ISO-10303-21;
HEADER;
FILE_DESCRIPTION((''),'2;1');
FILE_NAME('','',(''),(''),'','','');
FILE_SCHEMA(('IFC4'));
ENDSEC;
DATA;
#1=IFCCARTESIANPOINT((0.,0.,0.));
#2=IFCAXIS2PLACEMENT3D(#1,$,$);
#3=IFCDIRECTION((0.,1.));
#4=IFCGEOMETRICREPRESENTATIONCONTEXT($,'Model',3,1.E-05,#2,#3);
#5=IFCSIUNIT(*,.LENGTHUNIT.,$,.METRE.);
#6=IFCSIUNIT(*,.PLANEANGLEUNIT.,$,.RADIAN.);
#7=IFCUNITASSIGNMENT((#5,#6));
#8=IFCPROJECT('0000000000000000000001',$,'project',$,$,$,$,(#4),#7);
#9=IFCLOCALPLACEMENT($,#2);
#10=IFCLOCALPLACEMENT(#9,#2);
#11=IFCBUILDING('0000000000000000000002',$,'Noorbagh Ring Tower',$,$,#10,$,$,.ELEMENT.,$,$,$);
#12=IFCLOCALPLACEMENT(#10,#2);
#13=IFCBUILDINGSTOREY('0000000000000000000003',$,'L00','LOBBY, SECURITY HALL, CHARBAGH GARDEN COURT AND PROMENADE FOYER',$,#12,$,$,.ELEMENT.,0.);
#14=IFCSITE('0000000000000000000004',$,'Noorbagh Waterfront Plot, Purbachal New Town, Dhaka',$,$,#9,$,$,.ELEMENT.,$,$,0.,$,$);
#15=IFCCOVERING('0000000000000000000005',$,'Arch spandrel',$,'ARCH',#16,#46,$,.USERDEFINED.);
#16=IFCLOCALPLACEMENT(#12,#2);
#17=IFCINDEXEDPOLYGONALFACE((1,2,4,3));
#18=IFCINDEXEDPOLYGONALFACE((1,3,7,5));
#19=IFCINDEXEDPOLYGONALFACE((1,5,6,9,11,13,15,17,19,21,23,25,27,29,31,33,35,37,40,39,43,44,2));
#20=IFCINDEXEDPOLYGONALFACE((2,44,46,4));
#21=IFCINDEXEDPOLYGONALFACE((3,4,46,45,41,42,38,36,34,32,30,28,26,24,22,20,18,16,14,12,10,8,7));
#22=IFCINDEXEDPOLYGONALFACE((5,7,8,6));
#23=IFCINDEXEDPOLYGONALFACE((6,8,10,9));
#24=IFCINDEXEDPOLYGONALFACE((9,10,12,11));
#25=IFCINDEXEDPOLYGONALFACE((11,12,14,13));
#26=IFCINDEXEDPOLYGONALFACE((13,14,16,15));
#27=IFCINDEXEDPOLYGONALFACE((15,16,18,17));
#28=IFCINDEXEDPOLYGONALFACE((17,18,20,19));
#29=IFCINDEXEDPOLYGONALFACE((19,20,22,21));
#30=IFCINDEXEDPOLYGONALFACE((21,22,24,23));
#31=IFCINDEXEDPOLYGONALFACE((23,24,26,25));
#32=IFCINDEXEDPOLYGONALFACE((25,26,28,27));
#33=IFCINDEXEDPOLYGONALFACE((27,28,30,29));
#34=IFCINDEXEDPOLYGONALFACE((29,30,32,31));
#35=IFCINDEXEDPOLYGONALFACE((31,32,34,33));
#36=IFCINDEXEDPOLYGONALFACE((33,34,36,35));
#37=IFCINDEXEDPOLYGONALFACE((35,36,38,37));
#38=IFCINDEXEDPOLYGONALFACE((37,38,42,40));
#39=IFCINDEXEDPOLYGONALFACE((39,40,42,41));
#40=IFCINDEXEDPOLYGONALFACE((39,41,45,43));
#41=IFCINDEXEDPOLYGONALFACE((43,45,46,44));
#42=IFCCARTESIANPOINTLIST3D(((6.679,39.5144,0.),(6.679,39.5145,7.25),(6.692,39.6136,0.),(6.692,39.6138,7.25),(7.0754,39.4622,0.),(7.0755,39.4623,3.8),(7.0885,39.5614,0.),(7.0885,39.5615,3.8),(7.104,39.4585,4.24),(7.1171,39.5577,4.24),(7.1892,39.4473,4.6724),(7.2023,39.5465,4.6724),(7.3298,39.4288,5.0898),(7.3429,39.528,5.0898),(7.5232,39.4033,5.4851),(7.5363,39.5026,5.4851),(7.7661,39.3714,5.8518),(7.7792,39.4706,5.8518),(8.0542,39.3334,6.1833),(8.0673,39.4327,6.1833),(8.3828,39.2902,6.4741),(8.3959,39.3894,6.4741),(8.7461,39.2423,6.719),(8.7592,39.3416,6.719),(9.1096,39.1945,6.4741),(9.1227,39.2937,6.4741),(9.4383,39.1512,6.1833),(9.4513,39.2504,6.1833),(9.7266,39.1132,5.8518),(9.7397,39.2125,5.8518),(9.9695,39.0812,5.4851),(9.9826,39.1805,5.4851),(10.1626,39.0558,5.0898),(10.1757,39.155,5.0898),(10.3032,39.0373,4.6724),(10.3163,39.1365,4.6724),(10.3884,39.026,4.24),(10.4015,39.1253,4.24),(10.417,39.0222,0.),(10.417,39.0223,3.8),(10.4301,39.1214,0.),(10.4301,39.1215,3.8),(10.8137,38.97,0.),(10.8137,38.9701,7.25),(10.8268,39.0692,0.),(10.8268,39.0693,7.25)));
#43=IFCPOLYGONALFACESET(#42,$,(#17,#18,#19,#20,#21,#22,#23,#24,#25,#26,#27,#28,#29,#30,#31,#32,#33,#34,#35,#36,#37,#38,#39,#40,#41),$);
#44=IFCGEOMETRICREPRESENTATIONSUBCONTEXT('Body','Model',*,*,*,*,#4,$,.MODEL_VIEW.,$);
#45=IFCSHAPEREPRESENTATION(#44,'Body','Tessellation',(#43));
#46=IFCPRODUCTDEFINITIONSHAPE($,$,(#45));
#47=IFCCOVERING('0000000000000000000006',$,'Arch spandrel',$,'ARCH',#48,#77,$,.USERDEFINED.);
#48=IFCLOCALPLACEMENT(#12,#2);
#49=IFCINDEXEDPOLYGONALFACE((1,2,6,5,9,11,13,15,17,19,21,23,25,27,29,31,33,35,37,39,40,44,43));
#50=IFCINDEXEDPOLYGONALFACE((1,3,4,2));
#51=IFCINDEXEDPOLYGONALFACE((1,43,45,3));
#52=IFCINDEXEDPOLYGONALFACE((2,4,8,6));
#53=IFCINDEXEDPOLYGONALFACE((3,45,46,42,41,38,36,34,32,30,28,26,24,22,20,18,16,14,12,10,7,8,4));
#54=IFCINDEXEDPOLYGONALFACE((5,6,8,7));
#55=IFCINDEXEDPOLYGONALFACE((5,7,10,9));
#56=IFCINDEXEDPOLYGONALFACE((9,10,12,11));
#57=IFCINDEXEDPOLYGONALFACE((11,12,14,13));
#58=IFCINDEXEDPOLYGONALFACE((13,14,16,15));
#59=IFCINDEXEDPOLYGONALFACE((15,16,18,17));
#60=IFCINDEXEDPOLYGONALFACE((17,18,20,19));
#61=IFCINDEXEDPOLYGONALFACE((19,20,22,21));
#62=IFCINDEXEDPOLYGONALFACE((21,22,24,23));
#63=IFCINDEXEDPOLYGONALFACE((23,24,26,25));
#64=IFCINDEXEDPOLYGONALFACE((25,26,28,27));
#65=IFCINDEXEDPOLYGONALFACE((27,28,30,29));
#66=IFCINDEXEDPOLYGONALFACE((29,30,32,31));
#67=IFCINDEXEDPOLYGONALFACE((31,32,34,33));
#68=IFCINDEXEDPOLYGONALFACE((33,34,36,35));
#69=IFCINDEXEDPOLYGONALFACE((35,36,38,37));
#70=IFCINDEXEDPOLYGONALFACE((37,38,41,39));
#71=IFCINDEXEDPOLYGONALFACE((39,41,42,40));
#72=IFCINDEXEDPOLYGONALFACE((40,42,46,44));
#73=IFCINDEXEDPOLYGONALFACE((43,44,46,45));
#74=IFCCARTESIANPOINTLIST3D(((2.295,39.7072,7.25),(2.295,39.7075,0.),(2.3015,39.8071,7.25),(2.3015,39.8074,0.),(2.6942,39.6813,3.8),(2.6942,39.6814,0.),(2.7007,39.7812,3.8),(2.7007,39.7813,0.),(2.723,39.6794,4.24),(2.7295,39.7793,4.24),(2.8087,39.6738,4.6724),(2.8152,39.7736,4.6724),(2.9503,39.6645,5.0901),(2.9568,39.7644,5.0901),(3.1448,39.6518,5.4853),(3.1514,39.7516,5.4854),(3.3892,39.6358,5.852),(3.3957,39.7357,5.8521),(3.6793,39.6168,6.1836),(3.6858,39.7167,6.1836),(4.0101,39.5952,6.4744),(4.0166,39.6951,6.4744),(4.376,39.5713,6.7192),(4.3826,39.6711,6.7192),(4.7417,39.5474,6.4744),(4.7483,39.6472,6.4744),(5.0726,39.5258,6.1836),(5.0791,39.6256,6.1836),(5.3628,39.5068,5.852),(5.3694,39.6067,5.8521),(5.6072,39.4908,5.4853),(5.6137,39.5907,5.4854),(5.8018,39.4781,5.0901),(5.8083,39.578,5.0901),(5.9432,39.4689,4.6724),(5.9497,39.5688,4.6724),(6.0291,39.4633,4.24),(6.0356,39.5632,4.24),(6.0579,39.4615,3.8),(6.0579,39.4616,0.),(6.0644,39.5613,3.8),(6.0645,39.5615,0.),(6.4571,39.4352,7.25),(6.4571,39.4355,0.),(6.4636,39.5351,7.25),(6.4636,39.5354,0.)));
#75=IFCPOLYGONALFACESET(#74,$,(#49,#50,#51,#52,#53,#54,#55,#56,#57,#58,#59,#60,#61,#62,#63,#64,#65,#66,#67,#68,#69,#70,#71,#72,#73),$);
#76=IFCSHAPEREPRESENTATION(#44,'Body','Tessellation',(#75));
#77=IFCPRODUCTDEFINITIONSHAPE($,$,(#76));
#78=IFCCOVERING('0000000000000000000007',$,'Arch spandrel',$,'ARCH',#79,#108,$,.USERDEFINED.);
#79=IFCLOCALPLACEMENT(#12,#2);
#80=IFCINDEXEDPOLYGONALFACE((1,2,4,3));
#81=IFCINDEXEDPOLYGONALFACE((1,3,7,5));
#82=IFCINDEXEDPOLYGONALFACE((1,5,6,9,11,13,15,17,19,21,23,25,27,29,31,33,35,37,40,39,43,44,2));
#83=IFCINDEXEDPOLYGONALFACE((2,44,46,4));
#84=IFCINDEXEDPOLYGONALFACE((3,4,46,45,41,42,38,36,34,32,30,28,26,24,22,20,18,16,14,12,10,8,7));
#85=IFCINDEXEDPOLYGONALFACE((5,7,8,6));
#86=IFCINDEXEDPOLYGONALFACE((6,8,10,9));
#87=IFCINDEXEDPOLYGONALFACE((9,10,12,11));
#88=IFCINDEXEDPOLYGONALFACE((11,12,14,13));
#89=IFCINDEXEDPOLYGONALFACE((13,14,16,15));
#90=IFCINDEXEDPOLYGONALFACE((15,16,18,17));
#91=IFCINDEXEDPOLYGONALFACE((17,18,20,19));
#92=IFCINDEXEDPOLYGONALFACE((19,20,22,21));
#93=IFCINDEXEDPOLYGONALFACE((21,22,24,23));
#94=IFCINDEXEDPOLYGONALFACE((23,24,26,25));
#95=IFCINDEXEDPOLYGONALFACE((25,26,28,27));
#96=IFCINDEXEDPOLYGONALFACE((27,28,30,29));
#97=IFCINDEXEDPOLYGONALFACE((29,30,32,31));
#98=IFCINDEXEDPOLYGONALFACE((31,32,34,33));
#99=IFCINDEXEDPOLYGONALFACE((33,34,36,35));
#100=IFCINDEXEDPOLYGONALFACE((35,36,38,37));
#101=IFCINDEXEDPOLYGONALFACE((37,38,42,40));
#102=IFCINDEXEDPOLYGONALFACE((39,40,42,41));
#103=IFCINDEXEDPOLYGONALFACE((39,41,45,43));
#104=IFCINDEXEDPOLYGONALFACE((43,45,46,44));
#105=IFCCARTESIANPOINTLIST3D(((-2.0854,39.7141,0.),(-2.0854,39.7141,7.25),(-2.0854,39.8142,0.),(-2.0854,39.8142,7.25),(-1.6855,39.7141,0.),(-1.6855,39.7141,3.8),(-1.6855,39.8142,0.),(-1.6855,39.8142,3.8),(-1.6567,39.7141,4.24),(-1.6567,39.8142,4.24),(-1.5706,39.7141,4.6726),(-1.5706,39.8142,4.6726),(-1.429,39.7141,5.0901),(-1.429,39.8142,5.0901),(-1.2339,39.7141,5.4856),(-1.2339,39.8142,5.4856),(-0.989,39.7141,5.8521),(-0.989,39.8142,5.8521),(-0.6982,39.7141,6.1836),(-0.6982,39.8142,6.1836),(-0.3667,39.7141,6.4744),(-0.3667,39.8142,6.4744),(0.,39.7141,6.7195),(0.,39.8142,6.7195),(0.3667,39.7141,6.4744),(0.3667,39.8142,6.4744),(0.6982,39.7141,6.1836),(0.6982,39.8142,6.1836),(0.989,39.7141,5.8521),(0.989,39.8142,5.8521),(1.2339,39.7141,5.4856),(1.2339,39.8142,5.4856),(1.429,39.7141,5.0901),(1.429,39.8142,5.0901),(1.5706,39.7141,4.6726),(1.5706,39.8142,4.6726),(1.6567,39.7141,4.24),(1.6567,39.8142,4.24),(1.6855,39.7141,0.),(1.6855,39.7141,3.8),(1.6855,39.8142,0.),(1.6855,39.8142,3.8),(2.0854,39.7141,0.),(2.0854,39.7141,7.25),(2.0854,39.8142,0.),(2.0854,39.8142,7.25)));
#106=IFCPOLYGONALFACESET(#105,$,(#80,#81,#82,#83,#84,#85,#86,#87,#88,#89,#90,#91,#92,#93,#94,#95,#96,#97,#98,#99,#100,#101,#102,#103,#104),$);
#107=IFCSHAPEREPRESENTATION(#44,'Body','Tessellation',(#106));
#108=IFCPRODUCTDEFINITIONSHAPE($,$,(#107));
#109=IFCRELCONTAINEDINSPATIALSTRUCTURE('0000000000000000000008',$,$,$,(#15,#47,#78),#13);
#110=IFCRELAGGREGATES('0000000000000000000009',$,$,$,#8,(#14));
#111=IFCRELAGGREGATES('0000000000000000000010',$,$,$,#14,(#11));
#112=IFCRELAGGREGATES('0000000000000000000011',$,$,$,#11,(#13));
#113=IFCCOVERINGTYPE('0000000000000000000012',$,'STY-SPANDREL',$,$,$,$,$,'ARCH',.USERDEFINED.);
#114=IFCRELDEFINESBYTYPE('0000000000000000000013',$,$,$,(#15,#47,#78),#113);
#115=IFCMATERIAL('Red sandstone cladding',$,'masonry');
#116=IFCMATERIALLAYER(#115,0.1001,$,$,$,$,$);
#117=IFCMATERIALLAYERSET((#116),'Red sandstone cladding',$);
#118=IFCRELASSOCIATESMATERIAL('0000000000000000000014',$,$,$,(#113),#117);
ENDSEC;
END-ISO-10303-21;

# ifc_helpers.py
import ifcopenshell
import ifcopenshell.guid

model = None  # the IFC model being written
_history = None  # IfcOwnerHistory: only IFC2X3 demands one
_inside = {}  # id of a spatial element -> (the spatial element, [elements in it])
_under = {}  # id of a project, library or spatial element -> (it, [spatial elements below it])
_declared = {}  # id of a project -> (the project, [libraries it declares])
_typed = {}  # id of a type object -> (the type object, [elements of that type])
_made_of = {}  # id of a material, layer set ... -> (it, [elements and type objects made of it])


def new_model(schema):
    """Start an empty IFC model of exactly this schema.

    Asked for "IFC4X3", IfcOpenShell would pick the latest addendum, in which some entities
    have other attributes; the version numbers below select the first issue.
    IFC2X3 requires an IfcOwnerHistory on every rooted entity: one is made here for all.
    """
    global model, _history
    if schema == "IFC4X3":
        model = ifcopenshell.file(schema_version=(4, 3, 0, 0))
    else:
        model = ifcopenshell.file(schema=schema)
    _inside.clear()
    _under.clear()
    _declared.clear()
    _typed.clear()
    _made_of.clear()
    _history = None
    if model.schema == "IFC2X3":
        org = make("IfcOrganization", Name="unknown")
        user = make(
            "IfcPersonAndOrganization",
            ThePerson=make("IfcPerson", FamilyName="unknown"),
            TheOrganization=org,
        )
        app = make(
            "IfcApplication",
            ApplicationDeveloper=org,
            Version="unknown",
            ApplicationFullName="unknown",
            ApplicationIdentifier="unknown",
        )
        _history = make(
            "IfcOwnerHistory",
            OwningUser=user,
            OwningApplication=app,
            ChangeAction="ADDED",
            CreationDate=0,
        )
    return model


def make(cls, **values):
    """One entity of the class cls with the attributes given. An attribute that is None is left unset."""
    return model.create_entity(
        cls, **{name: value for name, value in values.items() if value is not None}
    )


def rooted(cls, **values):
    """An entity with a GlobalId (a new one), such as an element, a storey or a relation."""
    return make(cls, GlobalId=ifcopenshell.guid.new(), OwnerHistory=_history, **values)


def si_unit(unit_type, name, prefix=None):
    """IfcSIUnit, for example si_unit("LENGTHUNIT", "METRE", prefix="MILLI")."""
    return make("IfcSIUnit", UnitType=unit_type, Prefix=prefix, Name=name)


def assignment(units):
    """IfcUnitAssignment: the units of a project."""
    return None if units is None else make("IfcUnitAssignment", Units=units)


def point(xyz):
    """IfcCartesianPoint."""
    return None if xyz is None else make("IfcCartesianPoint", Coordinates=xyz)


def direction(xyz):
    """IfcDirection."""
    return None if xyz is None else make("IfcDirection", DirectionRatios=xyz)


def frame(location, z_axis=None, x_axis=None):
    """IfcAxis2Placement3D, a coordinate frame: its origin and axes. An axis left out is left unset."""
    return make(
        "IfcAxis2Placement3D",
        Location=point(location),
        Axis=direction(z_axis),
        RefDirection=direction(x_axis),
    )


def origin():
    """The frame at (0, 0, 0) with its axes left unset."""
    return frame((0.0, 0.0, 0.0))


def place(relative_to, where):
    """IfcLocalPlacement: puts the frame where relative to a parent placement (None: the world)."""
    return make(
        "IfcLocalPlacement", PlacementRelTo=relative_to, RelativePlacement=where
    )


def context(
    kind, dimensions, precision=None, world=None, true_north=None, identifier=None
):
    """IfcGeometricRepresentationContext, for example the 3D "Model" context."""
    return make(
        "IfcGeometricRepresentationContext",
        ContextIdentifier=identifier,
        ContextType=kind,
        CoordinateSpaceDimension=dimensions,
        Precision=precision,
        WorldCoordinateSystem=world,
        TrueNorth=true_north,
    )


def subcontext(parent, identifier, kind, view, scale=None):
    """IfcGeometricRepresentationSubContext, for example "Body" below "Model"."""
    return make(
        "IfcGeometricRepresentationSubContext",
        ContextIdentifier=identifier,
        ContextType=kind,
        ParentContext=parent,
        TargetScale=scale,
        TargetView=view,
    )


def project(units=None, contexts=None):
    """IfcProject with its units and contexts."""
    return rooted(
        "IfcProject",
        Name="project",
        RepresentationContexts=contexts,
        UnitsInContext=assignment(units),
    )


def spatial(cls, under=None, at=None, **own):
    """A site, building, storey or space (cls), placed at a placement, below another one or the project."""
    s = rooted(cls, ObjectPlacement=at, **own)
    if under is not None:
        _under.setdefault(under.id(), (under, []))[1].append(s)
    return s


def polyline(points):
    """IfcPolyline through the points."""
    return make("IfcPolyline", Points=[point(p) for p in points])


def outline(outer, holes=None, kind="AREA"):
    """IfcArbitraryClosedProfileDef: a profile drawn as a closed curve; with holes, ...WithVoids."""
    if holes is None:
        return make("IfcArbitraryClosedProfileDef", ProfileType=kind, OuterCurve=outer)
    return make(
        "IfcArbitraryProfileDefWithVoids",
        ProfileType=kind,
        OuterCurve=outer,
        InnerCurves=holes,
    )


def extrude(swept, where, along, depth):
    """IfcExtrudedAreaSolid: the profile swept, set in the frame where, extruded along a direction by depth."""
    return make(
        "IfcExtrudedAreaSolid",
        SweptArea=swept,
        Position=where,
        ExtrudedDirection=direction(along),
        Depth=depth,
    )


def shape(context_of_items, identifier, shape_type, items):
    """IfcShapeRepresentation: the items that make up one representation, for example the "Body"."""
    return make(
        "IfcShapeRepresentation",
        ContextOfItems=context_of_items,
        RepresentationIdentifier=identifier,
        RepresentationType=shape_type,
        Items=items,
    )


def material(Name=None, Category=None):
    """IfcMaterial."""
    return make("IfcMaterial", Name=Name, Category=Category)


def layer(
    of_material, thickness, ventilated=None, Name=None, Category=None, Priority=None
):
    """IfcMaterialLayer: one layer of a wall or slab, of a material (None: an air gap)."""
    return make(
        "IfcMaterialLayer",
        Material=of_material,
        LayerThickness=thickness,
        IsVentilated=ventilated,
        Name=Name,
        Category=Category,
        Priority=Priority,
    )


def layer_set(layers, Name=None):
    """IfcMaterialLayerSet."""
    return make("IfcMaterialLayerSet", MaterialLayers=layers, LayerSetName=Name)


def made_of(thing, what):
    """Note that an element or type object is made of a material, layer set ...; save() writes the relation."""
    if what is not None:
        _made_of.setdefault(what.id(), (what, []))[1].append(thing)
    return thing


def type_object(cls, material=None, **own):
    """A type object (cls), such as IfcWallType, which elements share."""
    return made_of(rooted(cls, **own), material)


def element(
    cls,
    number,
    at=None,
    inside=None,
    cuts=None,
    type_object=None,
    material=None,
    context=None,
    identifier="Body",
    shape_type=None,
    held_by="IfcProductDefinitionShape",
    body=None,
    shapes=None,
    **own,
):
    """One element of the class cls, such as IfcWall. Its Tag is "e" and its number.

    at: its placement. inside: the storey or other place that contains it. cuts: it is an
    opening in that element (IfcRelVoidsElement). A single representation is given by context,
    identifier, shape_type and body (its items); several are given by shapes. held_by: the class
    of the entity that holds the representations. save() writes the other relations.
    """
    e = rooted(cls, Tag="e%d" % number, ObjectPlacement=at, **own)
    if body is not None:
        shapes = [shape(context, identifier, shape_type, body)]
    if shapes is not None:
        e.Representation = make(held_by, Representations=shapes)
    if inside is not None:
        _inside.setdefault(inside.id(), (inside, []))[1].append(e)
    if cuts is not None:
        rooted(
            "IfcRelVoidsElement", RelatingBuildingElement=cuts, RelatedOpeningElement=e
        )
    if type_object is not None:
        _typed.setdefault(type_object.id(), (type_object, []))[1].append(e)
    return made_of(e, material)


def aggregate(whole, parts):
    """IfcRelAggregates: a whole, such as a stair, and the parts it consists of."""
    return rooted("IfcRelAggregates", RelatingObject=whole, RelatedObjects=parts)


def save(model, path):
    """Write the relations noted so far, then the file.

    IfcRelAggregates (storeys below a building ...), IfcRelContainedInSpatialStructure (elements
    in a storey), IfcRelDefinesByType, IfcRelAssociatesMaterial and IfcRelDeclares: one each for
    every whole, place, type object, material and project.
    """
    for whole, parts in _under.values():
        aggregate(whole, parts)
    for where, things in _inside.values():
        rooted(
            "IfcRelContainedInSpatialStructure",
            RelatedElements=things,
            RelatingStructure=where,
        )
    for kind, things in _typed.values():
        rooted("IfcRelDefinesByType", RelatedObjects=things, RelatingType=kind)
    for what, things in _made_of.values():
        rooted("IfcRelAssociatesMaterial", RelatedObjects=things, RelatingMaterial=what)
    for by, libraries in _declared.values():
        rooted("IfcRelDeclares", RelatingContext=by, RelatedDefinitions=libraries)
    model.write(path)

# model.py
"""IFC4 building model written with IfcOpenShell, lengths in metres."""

from ifc_helpers import new_model, si_unit, direction, frame, origin, place, context, subcontext, project, spatial, polyline, outline, extrude, material, layer, layer_set, type_object, element, save


model = new_model("IFC4")

# Units and contexts
model_context = context("Model", 3, precision=1e-05, world=origin(), true_north=direction((0.0, 1.0)))
body_context = subcontext(model_context, "Body", "Model", "MODEL_VIEW")
ifc_project = project(units=[si_unit("LENGTHUNIT", "METRE"), si_unit("PLANEANGLEUNIT", "RADIAN")], contexts=[model_context])

# Site, building, storey
site_placement = place(None, origin())
site = spatial("IfcSite", under=ifc_project, at=site_placement, Name="Noorbagh Waterfront Plot, Purbachal New Town, Dhaka", CompositionType="ELEMENT", RefElevation=0.0)
building_placement = place(site_placement, origin())
building = spatial("IfcBuilding", under=site, at=building_placement, Name="Noorbagh Ring Tower", CompositionType="ELEMENT")
storey_placement = place(building_placement, origin())
storey = spatial("IfcBuildingStorey", under=building, at=storey_placement, Name="L00", Description="LOBBY, SECURITY HALL, CHARBAGH GARDEN COURT AND PROMENADE FOYER", CompositionType="ELEMENT", Elevation=0.0)

# Coverings
ifc_material_1 = material(Name="Red sandstone cladding", Category="masonry")
ifc_layer_1 = layer(ifc_material_1, 0.1001)
ifc_layer_set_1 = layer_set([ifc_layer_1], Name="Red sandstone cladding")
covering_type = type_object("IfcCoveringType", Name="STY-SPANDREL", ElementType="ARCH", PredefinedType="USERDEFINED", material=ifc_layer_set_1)
covering_1_placement = place(storey_placement, frame((10.8137, 38.97, 0.0), z_axis=(-0.130543, -0.991443, 0.000018), x_axis=(-0.991443, 0.130543, 0.0)))
element("IfcCovering", 1, at=covering_1_placement, inside=storey, type_object=covering_type, Name="Arch spandrel", ObjectType="ARCH", PredefinedType="USERDEFINED", context=body_context, shape_type="SweptSolid", body=[
    extrude(outline(polyline([(0.0, 0.0), (0.4002, 0.0), (0.4002, -3.8), (0.429, -4.24), (0.5149, -4.6724), (0.6567, -5.0898), (0.8515, -5.4851), (1.0965, -5.8518), (1.3873, -6.1833), (1.7188, -6.4741), (2.0855, -6.719), (2.4519, -6.4741), (2.7833, -6.1833), (3.0739, -5.8518), (3.3189, -5.4851), (3.514, -5.0898), (3.6558, -4.6724), (3.7417, -4.24), (3.7705, -3.8), (3.7705, 0.0), (4.1705, 0.0), (4.1705, -7.25), (0.0, -7.25), (0.0, 0.0)])), origin(), (0.0, 0.0, -1.0), 0.1001),
])
covering_2_placement = place(storey_placement, frame((6.4636, 39.5354, 0.0), z_axis=(0.065208, 0.997872, 0.000038), x_axis=(-0.997872, 0.065208, 0.0)))
element("IfcCovering", 2, at=covering_2_placement, inside=storey, type_object=covering_type, Name="Arch spandrel", ObjectType="ARCH", PredefinedType="USERDEFINED", context=body_context, shape_type="SweptSolid", body=[
    extrude(outline(polyline([(0.0, 0.0), (0.4, 0.0), (0.4, 3.8), (0.4289, 4.24), (0.515, 4.6724), (0.6567, 5.0901), (0.8517, 5.4854), (1.0966, 5.8521), (1.3875, 6.1836), (1.719, 6.4744), (2.0855, 6.7192), (2.4522, 6.4744), (2.7837, 6.1836), (3.0744, 5.8521), (3.3193, 5.4854), (3.5143, 5.0901), (3.6562, 4.6724), (3.7421, 4.24), (3.7709, 3.8), (3.7709, 0.0), (4.171, 0.0), (4.171, 7.25), (0.0, 7.25), (0.0, 0.0)])), origin(), (0.0, 0.0, -1.0), 0.1001),
])
covering_3_placement = place(storey_placement, frame((2.0854, 39.8142, 0.0), z_axis=(0.0, 1.0, 0.0), x_axis=(-1.0, 0.0, 0.0)))
element("IfcCovering", 3, at=covering_3_placement, inside=storey, type_object=covering_type, Name="Arch spandrel", ObjectType="ARCH", PredefinedType="USERDEFINED", context=body_context, shape_type="SweptSolid", body=[
    extrude(outline(polyline([(0.0, 0.0), (0.3999, 0.0), (0.3999, 3.8), (0.4287, 4.24), (0.5149, 4.6726), (0.6565, 5.0901), (0.8516, 5.4856), (1.0964, 5.8521), (1.3872, 6.1836), (1.7188, 6.4744), (2.0854, 6.7195), (2.4521, 6.4744), (2.7837, 6.1836), (3.0745, 5.8521), (3.3193, 5.4856), (3.5144, 5.0901), (3.656, 4.6726), (3.7422, 4.24), (3.771, 3.8), (3.771, 0.0), (4.1709, 0.0), (4.1709, 7.25), (0.0, 7.25), (0.0, 0.0)])), origin(), (0.0, 0.0, -1.0), 0.1001),
])

save(model, "model.ifc")
